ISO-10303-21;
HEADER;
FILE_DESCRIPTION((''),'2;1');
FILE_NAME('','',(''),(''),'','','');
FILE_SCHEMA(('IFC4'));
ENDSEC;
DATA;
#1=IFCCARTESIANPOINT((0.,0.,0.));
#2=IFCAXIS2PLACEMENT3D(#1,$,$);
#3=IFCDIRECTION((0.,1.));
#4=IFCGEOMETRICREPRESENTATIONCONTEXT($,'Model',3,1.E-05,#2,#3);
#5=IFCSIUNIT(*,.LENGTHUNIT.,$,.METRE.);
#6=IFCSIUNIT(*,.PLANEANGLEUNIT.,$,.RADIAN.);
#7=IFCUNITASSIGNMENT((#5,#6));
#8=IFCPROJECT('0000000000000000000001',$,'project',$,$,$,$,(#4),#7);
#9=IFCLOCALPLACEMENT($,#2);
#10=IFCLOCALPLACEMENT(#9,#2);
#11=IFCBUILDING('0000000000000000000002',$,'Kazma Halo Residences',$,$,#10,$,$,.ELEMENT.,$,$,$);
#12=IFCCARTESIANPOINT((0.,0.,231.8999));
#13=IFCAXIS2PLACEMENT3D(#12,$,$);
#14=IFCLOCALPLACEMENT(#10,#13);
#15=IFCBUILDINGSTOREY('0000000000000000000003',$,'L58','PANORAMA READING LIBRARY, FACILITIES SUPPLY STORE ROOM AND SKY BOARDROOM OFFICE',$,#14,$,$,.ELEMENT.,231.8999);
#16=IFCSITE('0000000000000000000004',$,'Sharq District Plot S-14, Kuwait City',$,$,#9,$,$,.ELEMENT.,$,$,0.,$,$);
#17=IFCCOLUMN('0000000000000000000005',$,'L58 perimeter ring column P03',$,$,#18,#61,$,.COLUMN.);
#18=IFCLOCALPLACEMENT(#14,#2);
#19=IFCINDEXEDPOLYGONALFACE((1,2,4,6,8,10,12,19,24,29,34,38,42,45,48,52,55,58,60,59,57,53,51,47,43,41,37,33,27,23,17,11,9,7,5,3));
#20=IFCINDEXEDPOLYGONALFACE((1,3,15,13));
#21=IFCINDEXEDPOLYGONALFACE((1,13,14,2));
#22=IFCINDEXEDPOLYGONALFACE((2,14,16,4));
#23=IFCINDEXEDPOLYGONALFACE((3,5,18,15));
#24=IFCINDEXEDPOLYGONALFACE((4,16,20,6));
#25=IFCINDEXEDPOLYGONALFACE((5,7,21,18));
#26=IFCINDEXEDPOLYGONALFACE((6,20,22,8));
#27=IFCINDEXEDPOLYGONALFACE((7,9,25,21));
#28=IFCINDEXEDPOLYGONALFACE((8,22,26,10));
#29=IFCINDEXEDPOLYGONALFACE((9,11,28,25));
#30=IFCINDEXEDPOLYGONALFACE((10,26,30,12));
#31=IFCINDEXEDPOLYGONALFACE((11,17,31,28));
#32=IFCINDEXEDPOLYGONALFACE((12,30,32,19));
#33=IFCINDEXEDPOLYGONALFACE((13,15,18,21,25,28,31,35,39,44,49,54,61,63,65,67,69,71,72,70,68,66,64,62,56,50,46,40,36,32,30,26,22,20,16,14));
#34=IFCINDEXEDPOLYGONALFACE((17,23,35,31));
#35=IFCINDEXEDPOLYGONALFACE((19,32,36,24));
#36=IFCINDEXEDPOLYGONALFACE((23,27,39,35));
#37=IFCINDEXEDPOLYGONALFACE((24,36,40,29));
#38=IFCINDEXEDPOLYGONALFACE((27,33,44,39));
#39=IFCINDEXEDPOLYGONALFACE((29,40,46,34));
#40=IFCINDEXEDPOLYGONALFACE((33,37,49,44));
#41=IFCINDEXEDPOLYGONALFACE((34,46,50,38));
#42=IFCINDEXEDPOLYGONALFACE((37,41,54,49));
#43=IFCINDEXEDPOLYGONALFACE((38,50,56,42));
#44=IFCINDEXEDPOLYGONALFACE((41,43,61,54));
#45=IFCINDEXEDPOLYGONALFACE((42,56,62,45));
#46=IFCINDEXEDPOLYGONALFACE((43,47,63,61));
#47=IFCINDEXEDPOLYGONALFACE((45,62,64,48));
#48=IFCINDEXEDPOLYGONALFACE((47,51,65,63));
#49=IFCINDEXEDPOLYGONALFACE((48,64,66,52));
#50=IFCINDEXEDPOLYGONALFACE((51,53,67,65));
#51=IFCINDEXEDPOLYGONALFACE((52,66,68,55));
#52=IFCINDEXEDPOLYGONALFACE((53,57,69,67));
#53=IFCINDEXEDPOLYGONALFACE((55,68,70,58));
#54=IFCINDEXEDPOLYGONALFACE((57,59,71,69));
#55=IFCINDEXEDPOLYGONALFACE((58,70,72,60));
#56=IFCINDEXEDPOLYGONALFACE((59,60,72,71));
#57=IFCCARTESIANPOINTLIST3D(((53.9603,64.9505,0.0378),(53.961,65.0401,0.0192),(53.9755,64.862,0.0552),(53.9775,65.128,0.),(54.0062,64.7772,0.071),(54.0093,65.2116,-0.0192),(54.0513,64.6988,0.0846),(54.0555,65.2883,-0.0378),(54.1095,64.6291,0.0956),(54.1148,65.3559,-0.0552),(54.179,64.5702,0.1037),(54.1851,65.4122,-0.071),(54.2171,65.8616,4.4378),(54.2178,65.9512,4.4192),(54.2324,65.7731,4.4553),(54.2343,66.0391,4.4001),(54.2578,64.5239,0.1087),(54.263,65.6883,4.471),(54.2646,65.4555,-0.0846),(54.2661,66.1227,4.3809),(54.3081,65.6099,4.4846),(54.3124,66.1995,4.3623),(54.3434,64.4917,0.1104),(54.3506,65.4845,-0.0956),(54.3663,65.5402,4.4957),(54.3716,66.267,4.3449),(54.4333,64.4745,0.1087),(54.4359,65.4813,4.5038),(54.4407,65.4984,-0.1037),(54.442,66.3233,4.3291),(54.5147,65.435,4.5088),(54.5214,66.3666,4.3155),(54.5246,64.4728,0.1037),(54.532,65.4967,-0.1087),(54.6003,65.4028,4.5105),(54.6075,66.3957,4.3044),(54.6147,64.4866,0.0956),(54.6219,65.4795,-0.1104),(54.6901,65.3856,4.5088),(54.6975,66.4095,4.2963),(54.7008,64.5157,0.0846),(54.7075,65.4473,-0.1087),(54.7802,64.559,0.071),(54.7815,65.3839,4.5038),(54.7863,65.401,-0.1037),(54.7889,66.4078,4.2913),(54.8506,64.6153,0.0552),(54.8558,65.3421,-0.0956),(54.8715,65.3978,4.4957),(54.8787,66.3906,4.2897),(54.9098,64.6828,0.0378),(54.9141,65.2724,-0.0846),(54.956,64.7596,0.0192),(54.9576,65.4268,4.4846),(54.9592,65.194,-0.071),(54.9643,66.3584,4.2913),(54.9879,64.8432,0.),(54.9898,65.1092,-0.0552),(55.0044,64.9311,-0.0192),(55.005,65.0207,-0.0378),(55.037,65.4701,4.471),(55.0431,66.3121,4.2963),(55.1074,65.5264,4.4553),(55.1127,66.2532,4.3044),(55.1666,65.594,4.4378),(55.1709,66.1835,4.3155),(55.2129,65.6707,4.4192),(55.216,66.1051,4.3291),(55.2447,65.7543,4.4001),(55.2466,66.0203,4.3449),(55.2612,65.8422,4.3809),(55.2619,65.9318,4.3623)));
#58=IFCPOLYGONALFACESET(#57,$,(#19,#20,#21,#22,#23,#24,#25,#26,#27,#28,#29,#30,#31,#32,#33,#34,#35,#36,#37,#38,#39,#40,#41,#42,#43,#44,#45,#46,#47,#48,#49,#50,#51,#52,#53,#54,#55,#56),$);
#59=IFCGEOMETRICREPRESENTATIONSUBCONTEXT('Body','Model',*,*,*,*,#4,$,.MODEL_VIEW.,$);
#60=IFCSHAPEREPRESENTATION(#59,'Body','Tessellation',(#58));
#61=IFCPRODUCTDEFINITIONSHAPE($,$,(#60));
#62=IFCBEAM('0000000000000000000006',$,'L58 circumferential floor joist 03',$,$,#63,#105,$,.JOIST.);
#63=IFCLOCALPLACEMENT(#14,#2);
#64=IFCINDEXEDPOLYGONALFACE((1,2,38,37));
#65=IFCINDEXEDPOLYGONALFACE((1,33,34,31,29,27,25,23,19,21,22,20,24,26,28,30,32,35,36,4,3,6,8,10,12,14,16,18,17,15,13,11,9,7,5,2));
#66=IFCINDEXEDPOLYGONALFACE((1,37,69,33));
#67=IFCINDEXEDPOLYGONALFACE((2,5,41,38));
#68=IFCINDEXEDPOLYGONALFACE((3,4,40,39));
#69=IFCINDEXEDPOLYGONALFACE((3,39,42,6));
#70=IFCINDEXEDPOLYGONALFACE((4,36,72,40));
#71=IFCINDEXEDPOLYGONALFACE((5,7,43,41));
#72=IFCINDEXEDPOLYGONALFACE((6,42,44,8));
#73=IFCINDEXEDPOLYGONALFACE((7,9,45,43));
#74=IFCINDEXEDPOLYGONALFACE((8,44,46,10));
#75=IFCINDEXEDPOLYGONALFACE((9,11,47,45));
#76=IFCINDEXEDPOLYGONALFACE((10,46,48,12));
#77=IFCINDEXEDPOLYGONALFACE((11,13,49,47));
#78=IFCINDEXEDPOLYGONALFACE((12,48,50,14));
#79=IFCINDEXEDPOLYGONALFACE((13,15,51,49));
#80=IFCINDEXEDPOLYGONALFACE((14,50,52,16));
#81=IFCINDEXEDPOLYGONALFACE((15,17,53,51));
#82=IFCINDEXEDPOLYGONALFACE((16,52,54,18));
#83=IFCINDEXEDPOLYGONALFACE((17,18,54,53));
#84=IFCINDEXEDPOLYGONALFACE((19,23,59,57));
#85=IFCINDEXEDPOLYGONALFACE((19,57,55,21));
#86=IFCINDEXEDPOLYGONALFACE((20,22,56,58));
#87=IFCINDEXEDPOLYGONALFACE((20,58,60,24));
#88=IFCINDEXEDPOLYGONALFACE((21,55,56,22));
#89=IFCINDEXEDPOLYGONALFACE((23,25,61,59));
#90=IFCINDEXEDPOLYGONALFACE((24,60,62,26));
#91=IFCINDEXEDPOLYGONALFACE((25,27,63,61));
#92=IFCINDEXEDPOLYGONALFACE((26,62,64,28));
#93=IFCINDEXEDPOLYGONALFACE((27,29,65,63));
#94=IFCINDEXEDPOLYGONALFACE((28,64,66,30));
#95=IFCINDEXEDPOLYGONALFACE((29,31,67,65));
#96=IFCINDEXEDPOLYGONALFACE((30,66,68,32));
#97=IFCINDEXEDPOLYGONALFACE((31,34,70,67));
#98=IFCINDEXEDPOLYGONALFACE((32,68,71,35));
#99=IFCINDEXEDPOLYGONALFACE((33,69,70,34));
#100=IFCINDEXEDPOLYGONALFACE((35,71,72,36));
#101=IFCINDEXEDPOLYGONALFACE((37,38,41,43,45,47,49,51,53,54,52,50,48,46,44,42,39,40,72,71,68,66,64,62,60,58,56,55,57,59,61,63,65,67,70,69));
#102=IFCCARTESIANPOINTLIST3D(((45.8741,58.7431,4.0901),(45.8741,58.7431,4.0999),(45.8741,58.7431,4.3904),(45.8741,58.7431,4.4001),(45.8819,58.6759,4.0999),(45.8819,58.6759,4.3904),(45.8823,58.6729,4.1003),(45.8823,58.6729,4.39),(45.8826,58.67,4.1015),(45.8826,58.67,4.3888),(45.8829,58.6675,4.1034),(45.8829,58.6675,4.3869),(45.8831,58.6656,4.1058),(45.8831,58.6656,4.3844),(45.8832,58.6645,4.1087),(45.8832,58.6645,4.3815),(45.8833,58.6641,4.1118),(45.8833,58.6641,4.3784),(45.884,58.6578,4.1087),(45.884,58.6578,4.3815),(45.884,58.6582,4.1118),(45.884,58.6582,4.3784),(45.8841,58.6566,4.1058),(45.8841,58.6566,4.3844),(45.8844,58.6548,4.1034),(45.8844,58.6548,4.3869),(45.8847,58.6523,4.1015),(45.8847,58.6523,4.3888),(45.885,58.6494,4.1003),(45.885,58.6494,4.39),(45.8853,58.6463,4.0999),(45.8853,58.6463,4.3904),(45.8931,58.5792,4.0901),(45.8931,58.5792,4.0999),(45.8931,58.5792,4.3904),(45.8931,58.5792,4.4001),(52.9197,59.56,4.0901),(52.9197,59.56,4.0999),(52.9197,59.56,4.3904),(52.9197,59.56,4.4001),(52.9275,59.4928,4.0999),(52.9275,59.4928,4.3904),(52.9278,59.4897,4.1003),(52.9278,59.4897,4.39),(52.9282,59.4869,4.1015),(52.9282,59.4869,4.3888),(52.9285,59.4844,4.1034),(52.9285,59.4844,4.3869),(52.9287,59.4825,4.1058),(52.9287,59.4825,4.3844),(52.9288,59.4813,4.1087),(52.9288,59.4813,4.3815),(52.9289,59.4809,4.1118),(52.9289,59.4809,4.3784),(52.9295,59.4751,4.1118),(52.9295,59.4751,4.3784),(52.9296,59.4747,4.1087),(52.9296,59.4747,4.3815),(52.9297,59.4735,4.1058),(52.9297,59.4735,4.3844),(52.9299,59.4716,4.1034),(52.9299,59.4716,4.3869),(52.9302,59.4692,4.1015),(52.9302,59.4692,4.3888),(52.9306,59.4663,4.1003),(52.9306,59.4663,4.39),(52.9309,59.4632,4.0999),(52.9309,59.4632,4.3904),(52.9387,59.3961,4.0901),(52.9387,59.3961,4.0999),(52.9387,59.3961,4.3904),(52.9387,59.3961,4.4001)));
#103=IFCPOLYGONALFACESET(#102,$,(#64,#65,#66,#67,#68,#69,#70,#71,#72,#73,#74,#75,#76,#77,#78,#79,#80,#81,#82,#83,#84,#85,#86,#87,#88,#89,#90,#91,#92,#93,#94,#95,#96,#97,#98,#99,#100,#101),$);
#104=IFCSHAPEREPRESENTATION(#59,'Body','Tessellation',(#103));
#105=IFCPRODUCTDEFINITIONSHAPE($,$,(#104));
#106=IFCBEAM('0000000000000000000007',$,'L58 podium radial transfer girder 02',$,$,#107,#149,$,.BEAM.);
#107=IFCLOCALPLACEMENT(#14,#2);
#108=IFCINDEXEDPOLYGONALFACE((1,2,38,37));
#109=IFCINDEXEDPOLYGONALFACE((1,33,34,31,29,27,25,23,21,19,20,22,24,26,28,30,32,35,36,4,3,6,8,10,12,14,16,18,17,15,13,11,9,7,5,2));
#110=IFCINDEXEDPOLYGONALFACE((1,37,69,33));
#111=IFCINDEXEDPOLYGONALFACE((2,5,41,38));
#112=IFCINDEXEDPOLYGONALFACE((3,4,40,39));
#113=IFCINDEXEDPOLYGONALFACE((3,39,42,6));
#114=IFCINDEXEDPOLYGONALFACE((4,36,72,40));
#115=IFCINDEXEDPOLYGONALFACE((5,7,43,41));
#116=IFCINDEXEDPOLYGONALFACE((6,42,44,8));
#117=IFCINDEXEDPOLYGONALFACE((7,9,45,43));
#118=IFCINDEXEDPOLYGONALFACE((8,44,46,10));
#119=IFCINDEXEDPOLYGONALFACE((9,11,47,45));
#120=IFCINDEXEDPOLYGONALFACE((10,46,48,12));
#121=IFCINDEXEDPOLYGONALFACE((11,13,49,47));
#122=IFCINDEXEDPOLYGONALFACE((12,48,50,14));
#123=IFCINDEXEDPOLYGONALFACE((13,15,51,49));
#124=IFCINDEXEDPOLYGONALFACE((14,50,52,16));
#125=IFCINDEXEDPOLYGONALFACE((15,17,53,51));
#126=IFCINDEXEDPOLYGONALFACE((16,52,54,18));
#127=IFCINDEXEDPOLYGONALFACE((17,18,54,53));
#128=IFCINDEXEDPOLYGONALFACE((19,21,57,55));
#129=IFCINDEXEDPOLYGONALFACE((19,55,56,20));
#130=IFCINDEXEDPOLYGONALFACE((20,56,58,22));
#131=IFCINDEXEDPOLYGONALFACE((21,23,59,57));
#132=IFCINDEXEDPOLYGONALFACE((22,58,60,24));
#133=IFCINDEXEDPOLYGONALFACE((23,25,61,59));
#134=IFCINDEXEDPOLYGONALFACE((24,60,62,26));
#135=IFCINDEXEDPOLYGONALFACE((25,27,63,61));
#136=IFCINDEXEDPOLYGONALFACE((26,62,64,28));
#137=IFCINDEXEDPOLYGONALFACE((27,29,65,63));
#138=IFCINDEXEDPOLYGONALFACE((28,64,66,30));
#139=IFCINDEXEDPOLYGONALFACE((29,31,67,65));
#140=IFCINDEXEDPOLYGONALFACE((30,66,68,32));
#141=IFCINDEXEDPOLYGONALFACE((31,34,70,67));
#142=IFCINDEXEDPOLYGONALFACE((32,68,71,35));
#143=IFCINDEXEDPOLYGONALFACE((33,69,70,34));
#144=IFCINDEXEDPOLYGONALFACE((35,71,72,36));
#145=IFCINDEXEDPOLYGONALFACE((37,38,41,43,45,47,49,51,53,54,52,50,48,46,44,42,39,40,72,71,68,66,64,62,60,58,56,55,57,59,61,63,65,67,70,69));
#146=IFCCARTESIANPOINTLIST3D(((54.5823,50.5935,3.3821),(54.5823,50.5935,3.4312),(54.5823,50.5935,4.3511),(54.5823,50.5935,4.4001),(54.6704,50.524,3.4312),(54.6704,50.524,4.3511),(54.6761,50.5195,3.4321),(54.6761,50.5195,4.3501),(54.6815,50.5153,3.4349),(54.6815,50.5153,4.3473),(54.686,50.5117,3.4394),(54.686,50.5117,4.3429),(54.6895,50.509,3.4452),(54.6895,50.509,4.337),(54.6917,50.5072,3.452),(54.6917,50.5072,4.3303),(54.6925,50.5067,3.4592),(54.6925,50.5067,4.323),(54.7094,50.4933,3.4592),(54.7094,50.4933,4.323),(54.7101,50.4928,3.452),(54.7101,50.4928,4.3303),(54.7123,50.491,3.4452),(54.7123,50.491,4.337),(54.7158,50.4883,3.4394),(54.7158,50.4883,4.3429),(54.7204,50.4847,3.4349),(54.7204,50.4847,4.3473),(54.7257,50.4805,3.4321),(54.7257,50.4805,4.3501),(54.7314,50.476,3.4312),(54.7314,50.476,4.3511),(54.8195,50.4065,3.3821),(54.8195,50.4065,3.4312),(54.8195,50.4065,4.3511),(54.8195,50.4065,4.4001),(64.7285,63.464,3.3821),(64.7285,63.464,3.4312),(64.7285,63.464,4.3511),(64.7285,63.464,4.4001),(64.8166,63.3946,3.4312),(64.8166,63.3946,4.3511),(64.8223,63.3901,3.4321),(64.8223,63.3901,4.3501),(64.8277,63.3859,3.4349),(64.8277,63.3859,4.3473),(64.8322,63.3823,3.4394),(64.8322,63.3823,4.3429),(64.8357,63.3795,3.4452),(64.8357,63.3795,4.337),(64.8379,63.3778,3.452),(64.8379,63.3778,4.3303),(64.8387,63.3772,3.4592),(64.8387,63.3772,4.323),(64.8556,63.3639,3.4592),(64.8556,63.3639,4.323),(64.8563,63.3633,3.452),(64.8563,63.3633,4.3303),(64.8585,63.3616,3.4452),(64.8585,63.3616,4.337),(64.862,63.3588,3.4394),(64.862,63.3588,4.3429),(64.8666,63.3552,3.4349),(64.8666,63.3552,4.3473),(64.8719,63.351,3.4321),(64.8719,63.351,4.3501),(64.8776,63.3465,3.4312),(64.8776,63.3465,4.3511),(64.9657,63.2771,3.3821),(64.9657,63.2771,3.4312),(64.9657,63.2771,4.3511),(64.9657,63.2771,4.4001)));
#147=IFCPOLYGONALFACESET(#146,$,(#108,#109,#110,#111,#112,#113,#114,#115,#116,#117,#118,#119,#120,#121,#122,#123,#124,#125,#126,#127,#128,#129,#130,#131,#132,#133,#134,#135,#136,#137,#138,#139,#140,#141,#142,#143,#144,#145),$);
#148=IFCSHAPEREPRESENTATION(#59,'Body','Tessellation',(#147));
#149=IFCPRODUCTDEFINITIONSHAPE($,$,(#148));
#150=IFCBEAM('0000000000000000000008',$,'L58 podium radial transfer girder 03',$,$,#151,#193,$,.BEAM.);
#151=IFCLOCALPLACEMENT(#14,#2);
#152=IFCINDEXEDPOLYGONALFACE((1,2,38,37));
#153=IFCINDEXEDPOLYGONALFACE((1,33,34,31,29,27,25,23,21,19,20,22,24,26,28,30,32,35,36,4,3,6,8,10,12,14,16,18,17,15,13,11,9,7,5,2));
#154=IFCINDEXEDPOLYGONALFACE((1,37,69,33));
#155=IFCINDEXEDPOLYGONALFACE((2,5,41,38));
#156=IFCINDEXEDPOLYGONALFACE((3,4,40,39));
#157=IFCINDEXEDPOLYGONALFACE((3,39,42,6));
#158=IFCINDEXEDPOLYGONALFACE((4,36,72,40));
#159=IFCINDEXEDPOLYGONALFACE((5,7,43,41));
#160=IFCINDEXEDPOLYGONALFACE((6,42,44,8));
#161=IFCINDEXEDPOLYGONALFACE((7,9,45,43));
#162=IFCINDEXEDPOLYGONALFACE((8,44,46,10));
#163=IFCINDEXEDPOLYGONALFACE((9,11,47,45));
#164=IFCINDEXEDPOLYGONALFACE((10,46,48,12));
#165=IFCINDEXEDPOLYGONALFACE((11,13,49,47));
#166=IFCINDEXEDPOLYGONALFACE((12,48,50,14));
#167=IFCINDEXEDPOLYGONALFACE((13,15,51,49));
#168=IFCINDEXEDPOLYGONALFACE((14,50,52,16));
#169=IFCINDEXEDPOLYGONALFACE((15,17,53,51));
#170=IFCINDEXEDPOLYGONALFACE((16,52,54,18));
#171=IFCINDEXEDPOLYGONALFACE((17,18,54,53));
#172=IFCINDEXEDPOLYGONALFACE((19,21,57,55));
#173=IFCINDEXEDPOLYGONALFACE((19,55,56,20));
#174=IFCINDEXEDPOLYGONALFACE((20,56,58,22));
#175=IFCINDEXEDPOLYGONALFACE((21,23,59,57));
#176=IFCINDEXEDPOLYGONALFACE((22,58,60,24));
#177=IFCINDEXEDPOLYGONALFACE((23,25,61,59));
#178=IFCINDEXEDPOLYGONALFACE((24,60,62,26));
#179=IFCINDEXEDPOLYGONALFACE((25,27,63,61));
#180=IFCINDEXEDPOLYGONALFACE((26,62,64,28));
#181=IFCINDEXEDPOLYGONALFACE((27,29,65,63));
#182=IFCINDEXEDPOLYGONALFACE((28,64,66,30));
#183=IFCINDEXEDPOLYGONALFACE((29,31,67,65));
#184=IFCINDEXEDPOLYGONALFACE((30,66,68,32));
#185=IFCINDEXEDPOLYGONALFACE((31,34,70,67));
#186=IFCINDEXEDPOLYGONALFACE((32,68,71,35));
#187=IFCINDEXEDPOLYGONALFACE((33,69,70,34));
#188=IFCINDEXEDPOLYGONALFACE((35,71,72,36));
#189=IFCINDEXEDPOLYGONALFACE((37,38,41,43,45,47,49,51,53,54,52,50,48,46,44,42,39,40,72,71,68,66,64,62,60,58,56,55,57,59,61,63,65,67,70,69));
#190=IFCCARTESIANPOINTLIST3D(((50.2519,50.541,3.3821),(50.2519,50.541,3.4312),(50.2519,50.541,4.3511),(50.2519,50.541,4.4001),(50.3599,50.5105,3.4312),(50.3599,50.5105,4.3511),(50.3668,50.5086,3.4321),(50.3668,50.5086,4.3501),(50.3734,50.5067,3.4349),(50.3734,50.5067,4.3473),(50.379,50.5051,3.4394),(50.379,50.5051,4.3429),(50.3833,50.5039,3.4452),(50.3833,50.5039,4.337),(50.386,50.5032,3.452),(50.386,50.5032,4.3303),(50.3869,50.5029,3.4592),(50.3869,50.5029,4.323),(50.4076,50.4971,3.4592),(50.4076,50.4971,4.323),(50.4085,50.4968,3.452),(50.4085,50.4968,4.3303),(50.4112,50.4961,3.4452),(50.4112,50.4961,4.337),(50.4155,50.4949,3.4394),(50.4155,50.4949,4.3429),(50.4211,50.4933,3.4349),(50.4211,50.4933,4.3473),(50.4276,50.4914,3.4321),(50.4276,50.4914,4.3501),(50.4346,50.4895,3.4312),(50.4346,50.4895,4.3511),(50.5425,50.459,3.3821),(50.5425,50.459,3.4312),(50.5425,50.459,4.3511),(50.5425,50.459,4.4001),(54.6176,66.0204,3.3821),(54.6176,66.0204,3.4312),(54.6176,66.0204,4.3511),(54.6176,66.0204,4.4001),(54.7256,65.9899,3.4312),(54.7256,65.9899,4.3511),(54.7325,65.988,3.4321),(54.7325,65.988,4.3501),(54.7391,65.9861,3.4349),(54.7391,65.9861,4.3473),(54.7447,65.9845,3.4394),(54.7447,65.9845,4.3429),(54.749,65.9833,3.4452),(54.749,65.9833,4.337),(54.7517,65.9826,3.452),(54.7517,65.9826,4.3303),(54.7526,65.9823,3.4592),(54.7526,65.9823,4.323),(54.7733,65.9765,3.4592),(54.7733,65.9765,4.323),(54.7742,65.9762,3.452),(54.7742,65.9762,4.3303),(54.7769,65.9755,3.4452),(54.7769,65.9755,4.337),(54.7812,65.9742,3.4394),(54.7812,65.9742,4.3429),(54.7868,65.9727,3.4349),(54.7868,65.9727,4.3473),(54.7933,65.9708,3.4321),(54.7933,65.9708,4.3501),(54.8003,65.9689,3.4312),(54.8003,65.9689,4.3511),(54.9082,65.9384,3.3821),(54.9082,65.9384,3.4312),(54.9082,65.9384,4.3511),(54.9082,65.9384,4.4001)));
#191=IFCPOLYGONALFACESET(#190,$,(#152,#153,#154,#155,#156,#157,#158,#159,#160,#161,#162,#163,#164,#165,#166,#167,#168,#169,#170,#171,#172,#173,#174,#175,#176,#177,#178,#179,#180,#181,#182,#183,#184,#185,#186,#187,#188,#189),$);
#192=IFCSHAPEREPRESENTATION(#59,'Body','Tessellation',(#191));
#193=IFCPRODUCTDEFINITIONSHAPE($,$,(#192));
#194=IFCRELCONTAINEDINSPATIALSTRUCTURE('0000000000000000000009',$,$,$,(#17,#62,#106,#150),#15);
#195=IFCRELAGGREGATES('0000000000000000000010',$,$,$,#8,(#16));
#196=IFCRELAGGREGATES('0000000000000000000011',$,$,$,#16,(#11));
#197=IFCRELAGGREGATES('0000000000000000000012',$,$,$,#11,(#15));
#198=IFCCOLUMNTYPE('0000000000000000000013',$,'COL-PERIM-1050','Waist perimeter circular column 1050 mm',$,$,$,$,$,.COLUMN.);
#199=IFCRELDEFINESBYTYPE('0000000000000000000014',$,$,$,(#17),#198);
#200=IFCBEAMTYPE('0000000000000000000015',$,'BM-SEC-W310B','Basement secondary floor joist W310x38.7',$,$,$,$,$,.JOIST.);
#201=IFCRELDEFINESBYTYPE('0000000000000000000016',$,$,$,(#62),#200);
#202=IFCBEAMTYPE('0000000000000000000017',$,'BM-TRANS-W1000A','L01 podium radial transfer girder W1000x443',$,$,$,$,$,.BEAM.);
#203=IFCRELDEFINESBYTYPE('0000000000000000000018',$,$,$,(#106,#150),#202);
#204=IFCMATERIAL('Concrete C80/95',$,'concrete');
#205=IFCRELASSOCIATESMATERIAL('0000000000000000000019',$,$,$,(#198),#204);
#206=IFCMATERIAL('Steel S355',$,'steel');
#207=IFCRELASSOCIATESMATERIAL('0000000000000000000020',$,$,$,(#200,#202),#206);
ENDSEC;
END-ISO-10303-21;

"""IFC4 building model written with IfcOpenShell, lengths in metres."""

from ifc_helpers import new_model, si_unit, direction, frame, origin, origin_2d, place, context, subcontext, project, spatial, circle, i_section, extrude, material, material_profile, profile_set, type_object, element, save


model = new_model("IFC4")

# Units and contexts
model_context = context("Model", 3, precision=1e-05, world=origin(), true_north=direction((0.0, 1.0)))
body_context = subcontext(model_context, "Body", "Model", "MODEL_VIEW")
ifc_project = project(units=[si_unit("LENGTHUNIT", "METRE"), si_unit("PLANEANGLEUNIT", "RADIAN")], contexts=[model_context])

# Site, building, storey
site_placement = place(None, origin())
site = spatial("IfcSite", under=ifc_project, at=site_placement, Name="Sharq District Plot S-14, Kuwait City", CompositionType="ELEMENT", RefElevation=0.0)
building_placement = place(site_placement, origin())
building = spatial("IfcBuilding", under=site, at=building_placement, Name="Kazma Halo Residences", CompositionType="ELEMENT")
storey_placement = place(building_placement, frame((0.0, 0.0, 231.8999)))
storey = spatial("IfcBuildingStorey", under=building, at=storey_placement, Name="L58", Description="PANORAMA READING LIBRARY, FACILITIES SUPPLY STORE ROOM AND SKY BOARDROOM OFFICE", CompositionType="ELEMENT", Elevation=231.8999)

# Column
ifc_material_1 = material(Name="Concrete C80/95", Category="concrete")
ifc_material_profile_1 = material_profile(ifc_material_1, circle(Radius=0.5249, at=origin_2d()), Name="CIRC1050")
ifc_profile_set_1 = profile_set([ifc_material_profile_1], Name="Concrete C80/95")
column_type = type_object("IfcColumnType", Name="COL-PERIM-1050", Description="Waist perimeter circular column 1050 mm", PredefinedType="COLUMN", material=ifc_profile_set_1)
column_placement = place(storey_placement, frame((54.4827, 64.9856, 0.0), z_axis=(0.057064, 0.202437, 0.977631), x_axis=(-0.962491, 0.271313, 0.0)))
element("IfcColumn", 1, at=column_placement, inside=storey, type_object=column_type, Name="L58 perimeter ring column P03", PredefinedType="COLUMN", context=body_context, shape_type="SweptSolid", body=[
    extrude(circle(Radius=0.5249, at=origin_2d()), origin(), (0.0, 0.0, 1.0), 4.5007),
])

# Beams
ifc_material_2 = material(Name="Steel S355", Category="steel")
ifc_material_profile_2 = material_profile(ifc_material_2, i_section(OverallWidth=0.165, OverallDepth=0.3101, WebThickness=0.0059, FlangeThickness=0.0098, FilletRadius=0.012, at=origin_2d()), Name="W310x38.7")
ifc_profile_set_2 = profile_set([ifc_material_profile_2], Name="Steel S355")
beam_type_1 = type_object("IfcBeamType", Name="BM-SEC-W310B", Description="Basement secondary floor joist W310x38.7", PredefinedType="JOIST", material=ifc_profile_set_2)
beam_1_placement = place(storey_placement, frame((52.9292, 59.478, 4.2451), z_axis=(-0.993346, -0.115172, 0.0), x_axis=(0.115172, -0.993346, 0.0)))
element("IfcBeam", 2, at=beam_1_placement, inside=storey, type_object=beam_type_1, Name="L58 circumferential floor joist 03", PredefinedType="JOIST", context=body_context, shape_type="SweptSolid", body=[
    extrude(i_section(OverallWidth=0.165, OverallDepth=0.3101, WebThickness=0.0059, FlangeThickness=0.0098, FilletRadius=0.012, at=origin_2d()), origin(), (0.0, 0.0, 1.0), 7.0928),
])
ifc_material_profile_3 = material_profile(ifc_material_2, i_section(OverallWidth=0.302, OverallDepth=1.0181, WebThickness=0.0215, FlangeThickness=0.0491, FilletRadius=0.0281, at=origin_2d()), Name="W1000x443")
ifc_profile_set_3 = profile_set([ifc_material_profile_3], Name="Steel S355")
beam_type_2 = type_object("IfcBeamType", Name="BM-TRANS-W1000A", Description="L01 podium radial transfer girder W1000x443", PredefinedType="BEAM", material=ifc_profile_set_3)
beam_2_placement = place(storey_placement, frame((54.7009, 50.5, 3.8911), z_axis=(0.619089, 0.785321, 0.0), x_axis=(-0.785321, 0.619089, 0.0)))
element("IfcBeam", 3, at=beam_2_placement, inside=storey, type_object=beam_type_2, Name="L58 podium radial transfer girder 02", PredefinedType="BEAM", context=body_context, shape_type="SweptSolid", body=[
    extrude(i_section(OverallWidth=0.302, OverallDepth=1.0181, WebThickness=0.0215, FlangeThickness=0.0491, FilletRadius=0.0281, at=origin_2d()), origin(), (0.0, 0.0, 1.0), 16.3889),
])
beam_3_placement = place(storey_placement, frame((50.3972, 50.5, 3.8911), z_axis=(0.271444, 0.962454, 0.0), x_axis=(-0.962454, 0.271444, 0.0)))
element("IfcBeam", 4, at=beam_3_placement, inside=storey, type_object=beam_type_2, Name="L58 podium radial transfer girder 03", PredefinedType="BEAM", context=body_context, shape_type="SweptSolid", body=[
    extrude(i_section(OverallWidth=0.302, OverallDepth=1.0181, WebThickness=0.0215, FlangeThickness=0.0491, FilletRadius=0.0281, at=origin_2d()), origin(), (0.0, 0.0, 1.0), 16.0833),
])

save(model, "model.ifc")
